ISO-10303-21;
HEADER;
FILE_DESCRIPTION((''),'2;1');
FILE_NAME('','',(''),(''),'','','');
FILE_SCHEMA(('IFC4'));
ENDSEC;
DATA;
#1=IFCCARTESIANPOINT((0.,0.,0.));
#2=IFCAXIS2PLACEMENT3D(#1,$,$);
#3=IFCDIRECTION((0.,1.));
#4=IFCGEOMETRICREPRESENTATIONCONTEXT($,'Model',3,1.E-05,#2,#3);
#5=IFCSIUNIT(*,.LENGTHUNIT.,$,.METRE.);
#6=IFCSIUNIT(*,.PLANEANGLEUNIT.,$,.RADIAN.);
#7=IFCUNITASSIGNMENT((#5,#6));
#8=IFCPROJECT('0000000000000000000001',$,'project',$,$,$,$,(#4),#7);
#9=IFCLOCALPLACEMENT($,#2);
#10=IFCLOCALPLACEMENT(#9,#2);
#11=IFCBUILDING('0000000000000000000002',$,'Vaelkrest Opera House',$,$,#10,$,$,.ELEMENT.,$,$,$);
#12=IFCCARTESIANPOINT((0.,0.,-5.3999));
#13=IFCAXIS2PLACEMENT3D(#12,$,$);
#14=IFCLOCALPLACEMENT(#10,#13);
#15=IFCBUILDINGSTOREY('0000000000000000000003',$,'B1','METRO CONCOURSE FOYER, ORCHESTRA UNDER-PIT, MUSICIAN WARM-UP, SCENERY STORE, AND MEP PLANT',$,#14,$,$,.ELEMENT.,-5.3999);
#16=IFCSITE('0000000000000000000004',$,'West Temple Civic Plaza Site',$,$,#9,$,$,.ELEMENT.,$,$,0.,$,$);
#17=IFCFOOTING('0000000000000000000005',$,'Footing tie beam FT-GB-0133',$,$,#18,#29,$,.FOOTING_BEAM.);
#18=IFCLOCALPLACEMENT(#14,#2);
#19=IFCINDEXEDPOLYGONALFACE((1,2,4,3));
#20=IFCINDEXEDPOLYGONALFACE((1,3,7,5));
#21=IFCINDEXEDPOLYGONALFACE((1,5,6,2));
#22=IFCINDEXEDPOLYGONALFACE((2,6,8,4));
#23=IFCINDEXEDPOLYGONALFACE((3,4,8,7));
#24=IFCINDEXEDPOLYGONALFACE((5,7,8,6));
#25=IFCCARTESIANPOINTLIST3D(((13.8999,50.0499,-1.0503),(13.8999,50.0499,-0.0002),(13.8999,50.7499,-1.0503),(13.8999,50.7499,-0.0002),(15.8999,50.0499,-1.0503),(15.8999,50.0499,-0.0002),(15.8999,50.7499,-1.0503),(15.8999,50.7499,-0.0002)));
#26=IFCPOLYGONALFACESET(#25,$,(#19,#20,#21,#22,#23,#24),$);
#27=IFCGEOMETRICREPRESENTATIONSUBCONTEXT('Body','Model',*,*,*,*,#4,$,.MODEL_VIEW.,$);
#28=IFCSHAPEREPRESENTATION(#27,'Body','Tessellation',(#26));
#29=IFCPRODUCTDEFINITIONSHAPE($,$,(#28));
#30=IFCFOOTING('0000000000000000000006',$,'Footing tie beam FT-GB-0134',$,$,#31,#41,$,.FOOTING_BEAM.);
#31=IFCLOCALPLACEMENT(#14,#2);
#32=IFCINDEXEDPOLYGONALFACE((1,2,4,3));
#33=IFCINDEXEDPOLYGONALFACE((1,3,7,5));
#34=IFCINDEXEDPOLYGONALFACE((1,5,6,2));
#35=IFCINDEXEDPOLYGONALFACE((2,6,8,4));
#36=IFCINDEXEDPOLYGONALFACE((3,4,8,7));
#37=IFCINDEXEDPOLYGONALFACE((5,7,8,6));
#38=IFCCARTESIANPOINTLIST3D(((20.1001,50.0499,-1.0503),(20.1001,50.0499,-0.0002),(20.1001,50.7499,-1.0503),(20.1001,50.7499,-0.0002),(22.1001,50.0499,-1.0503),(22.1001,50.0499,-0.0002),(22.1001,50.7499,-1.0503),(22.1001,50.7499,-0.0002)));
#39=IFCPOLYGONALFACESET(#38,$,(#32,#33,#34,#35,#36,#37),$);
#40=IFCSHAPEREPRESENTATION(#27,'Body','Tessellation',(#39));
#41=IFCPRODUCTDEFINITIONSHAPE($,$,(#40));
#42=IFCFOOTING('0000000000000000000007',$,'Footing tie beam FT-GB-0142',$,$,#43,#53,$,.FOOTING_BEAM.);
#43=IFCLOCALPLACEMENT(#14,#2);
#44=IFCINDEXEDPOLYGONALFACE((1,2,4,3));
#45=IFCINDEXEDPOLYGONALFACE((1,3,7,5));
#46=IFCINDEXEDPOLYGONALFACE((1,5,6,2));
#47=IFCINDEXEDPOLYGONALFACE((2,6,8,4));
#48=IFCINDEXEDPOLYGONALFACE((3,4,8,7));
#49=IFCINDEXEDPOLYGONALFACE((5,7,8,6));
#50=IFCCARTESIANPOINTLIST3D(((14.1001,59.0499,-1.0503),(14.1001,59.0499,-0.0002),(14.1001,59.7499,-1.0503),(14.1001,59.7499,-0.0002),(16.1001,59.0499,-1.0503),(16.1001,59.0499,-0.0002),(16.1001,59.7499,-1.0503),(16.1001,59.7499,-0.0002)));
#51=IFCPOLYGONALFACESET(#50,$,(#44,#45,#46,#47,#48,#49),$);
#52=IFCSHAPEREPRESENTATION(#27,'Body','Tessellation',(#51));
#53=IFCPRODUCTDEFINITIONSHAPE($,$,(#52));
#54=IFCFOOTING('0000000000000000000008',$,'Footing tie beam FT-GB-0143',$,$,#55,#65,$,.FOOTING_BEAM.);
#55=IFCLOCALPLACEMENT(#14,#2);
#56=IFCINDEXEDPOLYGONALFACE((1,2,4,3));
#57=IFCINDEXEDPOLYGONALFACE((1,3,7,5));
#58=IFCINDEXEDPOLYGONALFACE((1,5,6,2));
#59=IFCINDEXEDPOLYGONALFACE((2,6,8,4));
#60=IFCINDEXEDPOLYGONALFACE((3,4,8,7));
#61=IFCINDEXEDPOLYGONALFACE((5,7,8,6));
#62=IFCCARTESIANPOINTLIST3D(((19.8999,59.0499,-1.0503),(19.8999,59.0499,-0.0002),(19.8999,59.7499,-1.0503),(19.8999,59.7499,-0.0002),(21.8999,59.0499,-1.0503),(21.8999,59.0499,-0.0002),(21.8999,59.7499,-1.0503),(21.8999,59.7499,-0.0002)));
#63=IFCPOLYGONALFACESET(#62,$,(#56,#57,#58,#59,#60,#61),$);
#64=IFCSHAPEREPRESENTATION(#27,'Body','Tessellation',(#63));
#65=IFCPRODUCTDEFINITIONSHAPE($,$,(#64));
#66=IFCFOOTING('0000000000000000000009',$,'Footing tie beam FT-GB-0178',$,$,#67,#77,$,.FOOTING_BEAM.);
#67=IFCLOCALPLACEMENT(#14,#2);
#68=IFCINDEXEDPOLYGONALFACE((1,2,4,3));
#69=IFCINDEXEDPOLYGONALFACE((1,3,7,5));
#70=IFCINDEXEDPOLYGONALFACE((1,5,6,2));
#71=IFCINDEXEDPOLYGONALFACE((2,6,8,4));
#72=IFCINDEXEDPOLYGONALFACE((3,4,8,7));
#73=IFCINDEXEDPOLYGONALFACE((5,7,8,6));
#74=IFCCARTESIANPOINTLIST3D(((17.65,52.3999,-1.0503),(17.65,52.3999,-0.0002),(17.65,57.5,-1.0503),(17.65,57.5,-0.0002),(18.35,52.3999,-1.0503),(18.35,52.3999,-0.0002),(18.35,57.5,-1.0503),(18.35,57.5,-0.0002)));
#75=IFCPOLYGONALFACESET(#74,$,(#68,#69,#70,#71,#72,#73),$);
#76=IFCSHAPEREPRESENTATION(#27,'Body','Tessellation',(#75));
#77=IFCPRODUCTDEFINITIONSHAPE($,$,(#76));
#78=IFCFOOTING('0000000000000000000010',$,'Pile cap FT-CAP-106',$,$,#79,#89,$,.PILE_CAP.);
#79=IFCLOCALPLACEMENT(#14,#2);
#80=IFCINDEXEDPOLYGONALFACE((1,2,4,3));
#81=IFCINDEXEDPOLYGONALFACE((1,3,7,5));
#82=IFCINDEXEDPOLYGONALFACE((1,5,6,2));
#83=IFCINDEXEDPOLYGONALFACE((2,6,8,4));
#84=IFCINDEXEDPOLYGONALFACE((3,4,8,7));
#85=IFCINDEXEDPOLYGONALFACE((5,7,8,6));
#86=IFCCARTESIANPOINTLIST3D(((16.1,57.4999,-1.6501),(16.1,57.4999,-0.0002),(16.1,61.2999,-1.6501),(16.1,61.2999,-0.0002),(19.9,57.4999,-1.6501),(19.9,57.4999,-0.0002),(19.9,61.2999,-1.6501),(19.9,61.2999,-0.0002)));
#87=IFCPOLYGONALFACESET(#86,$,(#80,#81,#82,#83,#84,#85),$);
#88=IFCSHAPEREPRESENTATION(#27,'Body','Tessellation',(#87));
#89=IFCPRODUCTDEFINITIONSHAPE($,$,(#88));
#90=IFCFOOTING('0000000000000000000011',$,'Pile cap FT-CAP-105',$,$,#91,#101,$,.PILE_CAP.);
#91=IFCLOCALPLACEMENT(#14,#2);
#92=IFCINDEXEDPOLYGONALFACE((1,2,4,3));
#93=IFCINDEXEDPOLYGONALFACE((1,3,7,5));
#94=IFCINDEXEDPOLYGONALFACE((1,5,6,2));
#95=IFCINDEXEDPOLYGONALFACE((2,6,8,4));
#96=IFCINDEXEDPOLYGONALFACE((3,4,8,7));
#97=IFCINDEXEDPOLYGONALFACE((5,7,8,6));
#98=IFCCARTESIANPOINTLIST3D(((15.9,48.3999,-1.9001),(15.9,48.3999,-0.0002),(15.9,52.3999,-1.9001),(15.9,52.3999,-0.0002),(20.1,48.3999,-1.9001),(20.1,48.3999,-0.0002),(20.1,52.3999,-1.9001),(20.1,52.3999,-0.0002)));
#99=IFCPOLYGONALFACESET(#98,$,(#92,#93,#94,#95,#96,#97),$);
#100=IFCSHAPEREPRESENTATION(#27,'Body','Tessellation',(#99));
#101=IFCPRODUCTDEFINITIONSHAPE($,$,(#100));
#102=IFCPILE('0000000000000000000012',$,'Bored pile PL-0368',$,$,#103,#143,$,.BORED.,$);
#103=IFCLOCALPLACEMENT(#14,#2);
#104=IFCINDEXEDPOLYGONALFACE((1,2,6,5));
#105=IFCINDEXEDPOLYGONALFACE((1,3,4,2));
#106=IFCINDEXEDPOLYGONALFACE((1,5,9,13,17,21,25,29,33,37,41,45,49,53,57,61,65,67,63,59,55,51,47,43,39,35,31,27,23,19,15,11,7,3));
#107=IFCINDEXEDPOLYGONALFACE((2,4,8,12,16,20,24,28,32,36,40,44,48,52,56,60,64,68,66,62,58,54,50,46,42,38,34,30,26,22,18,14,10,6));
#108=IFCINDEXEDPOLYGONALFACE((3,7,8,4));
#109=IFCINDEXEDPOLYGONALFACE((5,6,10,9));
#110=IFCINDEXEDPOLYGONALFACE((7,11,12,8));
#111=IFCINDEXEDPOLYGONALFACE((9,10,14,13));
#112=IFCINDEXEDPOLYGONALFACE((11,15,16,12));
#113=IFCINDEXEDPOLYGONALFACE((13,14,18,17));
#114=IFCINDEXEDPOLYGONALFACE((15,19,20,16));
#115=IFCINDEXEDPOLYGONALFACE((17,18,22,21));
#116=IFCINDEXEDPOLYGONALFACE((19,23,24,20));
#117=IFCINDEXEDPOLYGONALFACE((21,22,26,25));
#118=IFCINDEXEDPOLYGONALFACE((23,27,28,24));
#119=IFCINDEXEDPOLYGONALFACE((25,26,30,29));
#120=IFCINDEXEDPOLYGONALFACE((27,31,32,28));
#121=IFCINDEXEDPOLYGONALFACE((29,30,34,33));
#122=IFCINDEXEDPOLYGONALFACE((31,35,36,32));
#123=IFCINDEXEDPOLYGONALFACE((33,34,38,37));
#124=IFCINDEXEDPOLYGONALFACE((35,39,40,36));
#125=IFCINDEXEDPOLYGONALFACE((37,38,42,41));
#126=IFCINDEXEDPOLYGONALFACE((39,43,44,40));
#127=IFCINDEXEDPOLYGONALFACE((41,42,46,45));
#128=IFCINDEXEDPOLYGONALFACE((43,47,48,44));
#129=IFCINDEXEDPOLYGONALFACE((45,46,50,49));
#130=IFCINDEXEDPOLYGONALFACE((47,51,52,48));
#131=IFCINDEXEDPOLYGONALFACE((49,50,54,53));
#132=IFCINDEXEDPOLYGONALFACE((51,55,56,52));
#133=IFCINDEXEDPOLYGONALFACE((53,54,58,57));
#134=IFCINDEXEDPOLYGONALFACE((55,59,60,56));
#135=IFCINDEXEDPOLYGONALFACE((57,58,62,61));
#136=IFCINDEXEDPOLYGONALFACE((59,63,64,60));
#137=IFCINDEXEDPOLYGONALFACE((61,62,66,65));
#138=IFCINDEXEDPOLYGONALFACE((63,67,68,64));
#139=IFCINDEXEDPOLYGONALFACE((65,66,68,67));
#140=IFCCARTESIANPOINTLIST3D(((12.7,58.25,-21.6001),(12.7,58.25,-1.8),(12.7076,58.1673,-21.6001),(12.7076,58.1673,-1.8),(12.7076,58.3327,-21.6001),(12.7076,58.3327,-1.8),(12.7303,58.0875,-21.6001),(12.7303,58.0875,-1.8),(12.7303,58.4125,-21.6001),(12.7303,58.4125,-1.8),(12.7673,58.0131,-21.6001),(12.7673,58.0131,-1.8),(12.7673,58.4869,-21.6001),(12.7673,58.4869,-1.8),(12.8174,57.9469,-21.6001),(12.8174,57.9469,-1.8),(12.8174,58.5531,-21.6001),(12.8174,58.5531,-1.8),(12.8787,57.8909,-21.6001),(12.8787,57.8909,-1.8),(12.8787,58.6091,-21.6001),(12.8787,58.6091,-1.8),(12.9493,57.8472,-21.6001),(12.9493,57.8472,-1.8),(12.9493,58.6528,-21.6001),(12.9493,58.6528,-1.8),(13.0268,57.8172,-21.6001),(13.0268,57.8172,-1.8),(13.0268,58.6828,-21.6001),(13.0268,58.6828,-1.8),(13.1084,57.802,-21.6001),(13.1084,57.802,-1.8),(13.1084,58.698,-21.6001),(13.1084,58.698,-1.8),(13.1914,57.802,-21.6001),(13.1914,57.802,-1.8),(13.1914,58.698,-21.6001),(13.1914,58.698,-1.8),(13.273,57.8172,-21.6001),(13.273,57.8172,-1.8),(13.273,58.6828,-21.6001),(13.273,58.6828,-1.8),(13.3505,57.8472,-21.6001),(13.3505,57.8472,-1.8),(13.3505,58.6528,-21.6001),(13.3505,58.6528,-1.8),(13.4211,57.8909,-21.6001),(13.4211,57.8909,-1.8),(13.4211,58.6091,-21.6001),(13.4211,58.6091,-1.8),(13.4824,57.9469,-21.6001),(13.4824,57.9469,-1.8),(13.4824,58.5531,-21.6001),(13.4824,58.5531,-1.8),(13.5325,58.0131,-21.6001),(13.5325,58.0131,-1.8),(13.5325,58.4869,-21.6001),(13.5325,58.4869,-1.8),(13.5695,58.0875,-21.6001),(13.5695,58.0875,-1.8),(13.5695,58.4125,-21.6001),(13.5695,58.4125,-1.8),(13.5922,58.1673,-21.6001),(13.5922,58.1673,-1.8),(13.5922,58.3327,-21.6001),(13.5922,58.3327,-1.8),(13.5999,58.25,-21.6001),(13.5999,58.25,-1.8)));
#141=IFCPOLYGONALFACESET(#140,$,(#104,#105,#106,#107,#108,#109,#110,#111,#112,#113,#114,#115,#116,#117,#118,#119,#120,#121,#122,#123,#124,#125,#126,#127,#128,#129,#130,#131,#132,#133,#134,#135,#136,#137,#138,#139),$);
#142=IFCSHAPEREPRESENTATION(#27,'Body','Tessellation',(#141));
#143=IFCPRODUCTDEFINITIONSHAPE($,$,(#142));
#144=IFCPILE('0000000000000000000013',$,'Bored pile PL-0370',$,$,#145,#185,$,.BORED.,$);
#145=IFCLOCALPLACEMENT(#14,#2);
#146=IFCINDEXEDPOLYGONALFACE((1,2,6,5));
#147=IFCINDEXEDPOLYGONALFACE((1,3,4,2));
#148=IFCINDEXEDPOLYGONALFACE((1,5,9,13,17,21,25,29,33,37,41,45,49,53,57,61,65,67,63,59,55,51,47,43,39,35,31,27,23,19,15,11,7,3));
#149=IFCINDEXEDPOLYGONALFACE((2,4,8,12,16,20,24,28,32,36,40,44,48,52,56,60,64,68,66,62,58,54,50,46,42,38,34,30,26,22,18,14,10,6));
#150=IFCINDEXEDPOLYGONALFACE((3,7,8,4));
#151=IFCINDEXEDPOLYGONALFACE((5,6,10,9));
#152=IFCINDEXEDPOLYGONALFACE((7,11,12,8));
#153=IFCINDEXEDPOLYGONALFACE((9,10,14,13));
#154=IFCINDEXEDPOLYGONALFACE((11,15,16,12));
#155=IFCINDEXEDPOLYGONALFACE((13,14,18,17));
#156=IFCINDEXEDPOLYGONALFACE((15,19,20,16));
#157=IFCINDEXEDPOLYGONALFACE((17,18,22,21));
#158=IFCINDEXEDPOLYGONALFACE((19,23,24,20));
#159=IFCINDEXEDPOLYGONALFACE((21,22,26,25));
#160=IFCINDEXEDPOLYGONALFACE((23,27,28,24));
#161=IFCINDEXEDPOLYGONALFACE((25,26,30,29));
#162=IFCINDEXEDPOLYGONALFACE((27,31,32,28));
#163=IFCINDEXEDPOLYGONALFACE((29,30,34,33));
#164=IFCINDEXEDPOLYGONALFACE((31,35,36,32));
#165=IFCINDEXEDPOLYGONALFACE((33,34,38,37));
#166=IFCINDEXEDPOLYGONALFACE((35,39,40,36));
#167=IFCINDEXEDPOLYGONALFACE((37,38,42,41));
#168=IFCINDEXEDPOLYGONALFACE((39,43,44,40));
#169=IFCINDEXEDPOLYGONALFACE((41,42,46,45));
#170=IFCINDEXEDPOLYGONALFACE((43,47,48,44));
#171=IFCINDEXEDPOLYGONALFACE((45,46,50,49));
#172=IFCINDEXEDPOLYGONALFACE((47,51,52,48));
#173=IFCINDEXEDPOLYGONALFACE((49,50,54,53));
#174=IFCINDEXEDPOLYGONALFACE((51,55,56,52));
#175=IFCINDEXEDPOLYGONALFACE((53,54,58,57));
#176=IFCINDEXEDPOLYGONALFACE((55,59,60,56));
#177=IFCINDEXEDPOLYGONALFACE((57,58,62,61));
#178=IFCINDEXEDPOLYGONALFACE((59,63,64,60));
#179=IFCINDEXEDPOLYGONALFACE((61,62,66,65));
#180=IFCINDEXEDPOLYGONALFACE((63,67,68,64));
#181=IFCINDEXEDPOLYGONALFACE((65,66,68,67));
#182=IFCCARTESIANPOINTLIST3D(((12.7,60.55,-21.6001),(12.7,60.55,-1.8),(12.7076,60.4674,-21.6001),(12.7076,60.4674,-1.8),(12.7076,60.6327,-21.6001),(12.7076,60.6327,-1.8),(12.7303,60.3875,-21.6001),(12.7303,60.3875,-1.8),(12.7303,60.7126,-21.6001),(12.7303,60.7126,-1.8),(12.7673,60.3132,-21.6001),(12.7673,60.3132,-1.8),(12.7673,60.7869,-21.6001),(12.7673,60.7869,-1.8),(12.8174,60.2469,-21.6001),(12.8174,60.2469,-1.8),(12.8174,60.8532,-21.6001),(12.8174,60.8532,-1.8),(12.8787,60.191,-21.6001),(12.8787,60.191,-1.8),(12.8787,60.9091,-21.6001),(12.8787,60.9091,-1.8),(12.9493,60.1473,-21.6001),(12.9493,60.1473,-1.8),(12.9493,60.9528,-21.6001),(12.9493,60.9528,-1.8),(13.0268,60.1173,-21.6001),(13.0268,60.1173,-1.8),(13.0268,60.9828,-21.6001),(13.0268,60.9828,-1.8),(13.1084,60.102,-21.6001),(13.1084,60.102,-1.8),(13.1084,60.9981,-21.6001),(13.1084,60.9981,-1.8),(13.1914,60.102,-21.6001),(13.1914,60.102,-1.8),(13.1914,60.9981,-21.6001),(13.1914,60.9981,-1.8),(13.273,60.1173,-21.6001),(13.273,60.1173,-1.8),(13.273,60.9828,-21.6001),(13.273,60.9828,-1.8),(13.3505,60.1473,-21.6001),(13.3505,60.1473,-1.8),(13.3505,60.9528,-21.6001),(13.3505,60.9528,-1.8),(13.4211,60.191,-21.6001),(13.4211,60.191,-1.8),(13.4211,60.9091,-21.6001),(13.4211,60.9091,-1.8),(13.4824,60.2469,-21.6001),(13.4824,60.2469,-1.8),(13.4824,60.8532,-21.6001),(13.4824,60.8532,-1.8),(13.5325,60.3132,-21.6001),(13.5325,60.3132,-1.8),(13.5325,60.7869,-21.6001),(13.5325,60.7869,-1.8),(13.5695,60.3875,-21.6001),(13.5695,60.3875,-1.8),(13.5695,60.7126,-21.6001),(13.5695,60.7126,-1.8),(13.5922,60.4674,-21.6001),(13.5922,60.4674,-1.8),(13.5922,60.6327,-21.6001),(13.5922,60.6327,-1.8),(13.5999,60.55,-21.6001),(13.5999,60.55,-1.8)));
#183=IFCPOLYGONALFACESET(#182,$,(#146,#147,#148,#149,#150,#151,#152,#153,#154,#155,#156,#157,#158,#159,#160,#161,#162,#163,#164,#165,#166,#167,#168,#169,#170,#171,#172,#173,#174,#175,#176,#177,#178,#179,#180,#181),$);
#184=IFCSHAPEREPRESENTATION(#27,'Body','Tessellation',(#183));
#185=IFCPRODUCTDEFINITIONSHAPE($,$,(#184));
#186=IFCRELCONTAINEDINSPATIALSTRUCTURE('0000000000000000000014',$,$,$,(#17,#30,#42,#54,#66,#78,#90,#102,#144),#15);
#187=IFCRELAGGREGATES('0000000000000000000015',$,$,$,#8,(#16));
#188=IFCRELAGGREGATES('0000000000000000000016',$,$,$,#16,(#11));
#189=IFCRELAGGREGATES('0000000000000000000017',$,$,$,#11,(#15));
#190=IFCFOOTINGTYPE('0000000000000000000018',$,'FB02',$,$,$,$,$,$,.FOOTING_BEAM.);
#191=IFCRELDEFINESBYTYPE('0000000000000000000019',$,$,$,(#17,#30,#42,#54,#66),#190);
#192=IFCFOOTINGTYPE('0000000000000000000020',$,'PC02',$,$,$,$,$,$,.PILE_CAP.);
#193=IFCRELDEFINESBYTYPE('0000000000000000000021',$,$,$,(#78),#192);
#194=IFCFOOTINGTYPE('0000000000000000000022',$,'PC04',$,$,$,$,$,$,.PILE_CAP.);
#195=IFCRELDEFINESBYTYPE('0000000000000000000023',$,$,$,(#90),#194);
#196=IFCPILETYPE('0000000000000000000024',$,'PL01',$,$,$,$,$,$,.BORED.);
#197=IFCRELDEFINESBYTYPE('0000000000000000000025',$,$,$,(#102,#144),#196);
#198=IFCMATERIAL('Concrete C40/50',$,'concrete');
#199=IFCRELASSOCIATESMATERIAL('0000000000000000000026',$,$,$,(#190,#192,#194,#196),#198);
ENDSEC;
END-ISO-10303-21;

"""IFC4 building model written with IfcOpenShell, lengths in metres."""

from ifc_helpers import new_model, si_unit, direction, frame, origin, origin_2d, place, context, subcontext, project, spatial, rectangle, circle, extrude, material, material_profile, profile_set, type_object, element, save


model = new_model("IFC4")

# Units and contexts
model_context = context("Model", 3, precision=1e-05, world=origin(), true_north=direction((0.0, 1.0)))
body_context = subcontext(model_context, "Body", "Model", "MODEL_VIEW")
ifc_project = project(units=[si_unit("LENGTHUNIT", "METRE"), si_unit("PLANEANGLEUNIT", "RADIAN")], contexts=[model_context])

# Site, building, storey
site_placement = place(None, origin())
site = spatial("IfcSite", under=ifc_project, at=site_placement, Name="West Temple Civic Plaza Site", CompositionType="ELEMENT", RefElevation=0.0)
building_placement = place(site_placement, origin())
building = spatial("IfcBuilding", under=site, at=building_placement, Name="Vaelkrest Opera House", CompositionType="ELEMENT")
storey_placement = place(building_placement, frame((0.0, 0.0, -5.3999)))
storey = spatial("IfcBuildingStorey", under=building, at=storey_placement, Name="B1", Description="METRO CONCOURSE FOYER, ORCHESTRA UNDER-PIT, MUSICIAN WARM-UP, SCENERY STORE, AND MEP PLANT", CompositionType="ELEMENT", Elevation=-5.3999)

# Footings
ifc_material_1 = material(Name="Concrete C40/50", Category="concrete")
footing_type_1 = type_object("IfcFootingType", Name="FB02", PredefinedType="FOOTING_BEAM", material=ifc_material_1)
for number, where, z_axis, x_axis, name in (
    (1, (14.8999, 50.3999, -1.0503), (0.0, 0.0, 1.0), (1.0, 0.0, 0.0), "Footing tie beam FT-GB-0133"),
    (2, (21.1001, 50.3999, -1.0503), (0.0, 0.0, 1.0), (1.0, 0.0, 0.0), "Footing tie beam FT-GB-0134"),
    (3, (15.1001, 59.3999, -1.0503), (0.0, 0.0, 1.0), (1.0, 0.0, 0.0), "Footing tie beam FT-GB-0142"),
    (4, (20.8999, 59.3999, -1.0503), (0.0, 0.0, 1.0), (1.0, 0.0, 0.0), "Footing tie beam FT-GB-0143"),
):
    element("IfcFooting", number, at=place(storey_placement, frame(where, z_axis=z_axis, x_axis=x_axis)), inside=storey, type_object=footing_type_1, Name=name, PredefinedType="FOOTING_BEAM", context=body_context, shape_type="SweptSolid", body=[
        extrude(rectangle(XDim=2.0, YDim=0.7, at=origin_2d()), origin(), (0.0, 0.0, 1.0), 1.05),
    ])
footing_1_placement = place(storey_placement, frame((18.0, 54.95, -1.0503), z_axis=(0.0, 0.0, 1.0), x_axis=(0.0, 1.0, 0.0)))
element("IfcFooting", 5, at=footing_1_placement, inside=storey, type_object=footing_type_1, Name="Footing tie beam FT-GB-0178", PredefinedType="FOOTING_BEAM", context=body_context, shape_type="SweptSolid", body=[
    extrude(rectangle(XDim=5.1001, YDim=0.7, at=origin_2d()), origin(), (0.0, 0.0, 1.0), 1.05),
])
footing_type_2 = type_object("IfcFootingType", Name="PC02", PredefinedType="PILE_CAP", material=ifc_material_1)
footing_2_placement = place(storey_placement, frame((18.0, 59.3999, -1.6501), z_axis=(0.0, 0.0, 1.0), x_axis=(1.0, 0.0, 0.0)))
element("IfcFooting", 6, at=footing_2_placement, inside=storey, type_object=footing_type_2, Name="Pile cap FT-CAP-106", PredefinedType="PILE_CAP", context=body_context, shape_type="SweptSolid", body=[
    extrude(rectangle(XDim=3.8, YDim=3.8, at=origin_2d()), origin(), (0.0, 0.0, 1.0), 1.6499),
])
footing_type_3 = type_object("IfcFootingType", Name="PC04", PredefinedType="PILE_CAP", material=ifc_material_1)
footing_3_placement = place(storey_placement, frame((18.0, 50.3999, -1.9001), z_axis=(0.0, 0.0, 1.0), x_axis=(1.0, 0.0, 0.0)))
element("IfcFooting", 7, at=footing_3_placement, inside=storey, type_object=footing_type_3, Name="Pile cap FT-CAP-105", PredefinedType="PILE_CAP", context=body_context, shape_type="SweptSolid", body=[
    extrude(rectangle(XDim=4.2, YDim=4.0, at=origin_2d()), origin(), (0.0, 0.0, 1.0), 1.8999),
])

# Piles
ifc_material_profile_1 = material_profile(ifc_material_1, circle(Radius=0.45, at=origin_2d()), Name="PILE900")
ifc_profile_set_1 = profile_set([ifc_material_profile_1], Name="Concrete C40/50")
pile_type = type_object("IfcPileType", Name="PL01", PredefinedType="BORED", material=ifc_profile_set_1)
for number, where, z_axis, x_axis, name in (
    (8, (13.1499, 58.25, -1.8), (0.0, 0.0, -1.0), (1.0, 0.0, 0.0), "Bored pile PL-0368"),
    (9, (13.1499, 60.55, -1.8), (0.0, 0.0, -1.0), (1.0, 0.0, 0.0), "Bored pile PL-0370"),
):
    element("IfcPile", number, at=place(storey_placement, frame(where, z_axis=z_axis, x_axis=x_axis)), inside=storey, type_object=pile_type, Name=name, PredefinedType="BORED", context=body_context, shape_type="SweptSolid", body=[
        extrude(circle(Radius=0.45, at=origin_2d()), origin(), (0.0, 0.0, 1.0), 19.8),
    ])

save(model, "model.ifc")
